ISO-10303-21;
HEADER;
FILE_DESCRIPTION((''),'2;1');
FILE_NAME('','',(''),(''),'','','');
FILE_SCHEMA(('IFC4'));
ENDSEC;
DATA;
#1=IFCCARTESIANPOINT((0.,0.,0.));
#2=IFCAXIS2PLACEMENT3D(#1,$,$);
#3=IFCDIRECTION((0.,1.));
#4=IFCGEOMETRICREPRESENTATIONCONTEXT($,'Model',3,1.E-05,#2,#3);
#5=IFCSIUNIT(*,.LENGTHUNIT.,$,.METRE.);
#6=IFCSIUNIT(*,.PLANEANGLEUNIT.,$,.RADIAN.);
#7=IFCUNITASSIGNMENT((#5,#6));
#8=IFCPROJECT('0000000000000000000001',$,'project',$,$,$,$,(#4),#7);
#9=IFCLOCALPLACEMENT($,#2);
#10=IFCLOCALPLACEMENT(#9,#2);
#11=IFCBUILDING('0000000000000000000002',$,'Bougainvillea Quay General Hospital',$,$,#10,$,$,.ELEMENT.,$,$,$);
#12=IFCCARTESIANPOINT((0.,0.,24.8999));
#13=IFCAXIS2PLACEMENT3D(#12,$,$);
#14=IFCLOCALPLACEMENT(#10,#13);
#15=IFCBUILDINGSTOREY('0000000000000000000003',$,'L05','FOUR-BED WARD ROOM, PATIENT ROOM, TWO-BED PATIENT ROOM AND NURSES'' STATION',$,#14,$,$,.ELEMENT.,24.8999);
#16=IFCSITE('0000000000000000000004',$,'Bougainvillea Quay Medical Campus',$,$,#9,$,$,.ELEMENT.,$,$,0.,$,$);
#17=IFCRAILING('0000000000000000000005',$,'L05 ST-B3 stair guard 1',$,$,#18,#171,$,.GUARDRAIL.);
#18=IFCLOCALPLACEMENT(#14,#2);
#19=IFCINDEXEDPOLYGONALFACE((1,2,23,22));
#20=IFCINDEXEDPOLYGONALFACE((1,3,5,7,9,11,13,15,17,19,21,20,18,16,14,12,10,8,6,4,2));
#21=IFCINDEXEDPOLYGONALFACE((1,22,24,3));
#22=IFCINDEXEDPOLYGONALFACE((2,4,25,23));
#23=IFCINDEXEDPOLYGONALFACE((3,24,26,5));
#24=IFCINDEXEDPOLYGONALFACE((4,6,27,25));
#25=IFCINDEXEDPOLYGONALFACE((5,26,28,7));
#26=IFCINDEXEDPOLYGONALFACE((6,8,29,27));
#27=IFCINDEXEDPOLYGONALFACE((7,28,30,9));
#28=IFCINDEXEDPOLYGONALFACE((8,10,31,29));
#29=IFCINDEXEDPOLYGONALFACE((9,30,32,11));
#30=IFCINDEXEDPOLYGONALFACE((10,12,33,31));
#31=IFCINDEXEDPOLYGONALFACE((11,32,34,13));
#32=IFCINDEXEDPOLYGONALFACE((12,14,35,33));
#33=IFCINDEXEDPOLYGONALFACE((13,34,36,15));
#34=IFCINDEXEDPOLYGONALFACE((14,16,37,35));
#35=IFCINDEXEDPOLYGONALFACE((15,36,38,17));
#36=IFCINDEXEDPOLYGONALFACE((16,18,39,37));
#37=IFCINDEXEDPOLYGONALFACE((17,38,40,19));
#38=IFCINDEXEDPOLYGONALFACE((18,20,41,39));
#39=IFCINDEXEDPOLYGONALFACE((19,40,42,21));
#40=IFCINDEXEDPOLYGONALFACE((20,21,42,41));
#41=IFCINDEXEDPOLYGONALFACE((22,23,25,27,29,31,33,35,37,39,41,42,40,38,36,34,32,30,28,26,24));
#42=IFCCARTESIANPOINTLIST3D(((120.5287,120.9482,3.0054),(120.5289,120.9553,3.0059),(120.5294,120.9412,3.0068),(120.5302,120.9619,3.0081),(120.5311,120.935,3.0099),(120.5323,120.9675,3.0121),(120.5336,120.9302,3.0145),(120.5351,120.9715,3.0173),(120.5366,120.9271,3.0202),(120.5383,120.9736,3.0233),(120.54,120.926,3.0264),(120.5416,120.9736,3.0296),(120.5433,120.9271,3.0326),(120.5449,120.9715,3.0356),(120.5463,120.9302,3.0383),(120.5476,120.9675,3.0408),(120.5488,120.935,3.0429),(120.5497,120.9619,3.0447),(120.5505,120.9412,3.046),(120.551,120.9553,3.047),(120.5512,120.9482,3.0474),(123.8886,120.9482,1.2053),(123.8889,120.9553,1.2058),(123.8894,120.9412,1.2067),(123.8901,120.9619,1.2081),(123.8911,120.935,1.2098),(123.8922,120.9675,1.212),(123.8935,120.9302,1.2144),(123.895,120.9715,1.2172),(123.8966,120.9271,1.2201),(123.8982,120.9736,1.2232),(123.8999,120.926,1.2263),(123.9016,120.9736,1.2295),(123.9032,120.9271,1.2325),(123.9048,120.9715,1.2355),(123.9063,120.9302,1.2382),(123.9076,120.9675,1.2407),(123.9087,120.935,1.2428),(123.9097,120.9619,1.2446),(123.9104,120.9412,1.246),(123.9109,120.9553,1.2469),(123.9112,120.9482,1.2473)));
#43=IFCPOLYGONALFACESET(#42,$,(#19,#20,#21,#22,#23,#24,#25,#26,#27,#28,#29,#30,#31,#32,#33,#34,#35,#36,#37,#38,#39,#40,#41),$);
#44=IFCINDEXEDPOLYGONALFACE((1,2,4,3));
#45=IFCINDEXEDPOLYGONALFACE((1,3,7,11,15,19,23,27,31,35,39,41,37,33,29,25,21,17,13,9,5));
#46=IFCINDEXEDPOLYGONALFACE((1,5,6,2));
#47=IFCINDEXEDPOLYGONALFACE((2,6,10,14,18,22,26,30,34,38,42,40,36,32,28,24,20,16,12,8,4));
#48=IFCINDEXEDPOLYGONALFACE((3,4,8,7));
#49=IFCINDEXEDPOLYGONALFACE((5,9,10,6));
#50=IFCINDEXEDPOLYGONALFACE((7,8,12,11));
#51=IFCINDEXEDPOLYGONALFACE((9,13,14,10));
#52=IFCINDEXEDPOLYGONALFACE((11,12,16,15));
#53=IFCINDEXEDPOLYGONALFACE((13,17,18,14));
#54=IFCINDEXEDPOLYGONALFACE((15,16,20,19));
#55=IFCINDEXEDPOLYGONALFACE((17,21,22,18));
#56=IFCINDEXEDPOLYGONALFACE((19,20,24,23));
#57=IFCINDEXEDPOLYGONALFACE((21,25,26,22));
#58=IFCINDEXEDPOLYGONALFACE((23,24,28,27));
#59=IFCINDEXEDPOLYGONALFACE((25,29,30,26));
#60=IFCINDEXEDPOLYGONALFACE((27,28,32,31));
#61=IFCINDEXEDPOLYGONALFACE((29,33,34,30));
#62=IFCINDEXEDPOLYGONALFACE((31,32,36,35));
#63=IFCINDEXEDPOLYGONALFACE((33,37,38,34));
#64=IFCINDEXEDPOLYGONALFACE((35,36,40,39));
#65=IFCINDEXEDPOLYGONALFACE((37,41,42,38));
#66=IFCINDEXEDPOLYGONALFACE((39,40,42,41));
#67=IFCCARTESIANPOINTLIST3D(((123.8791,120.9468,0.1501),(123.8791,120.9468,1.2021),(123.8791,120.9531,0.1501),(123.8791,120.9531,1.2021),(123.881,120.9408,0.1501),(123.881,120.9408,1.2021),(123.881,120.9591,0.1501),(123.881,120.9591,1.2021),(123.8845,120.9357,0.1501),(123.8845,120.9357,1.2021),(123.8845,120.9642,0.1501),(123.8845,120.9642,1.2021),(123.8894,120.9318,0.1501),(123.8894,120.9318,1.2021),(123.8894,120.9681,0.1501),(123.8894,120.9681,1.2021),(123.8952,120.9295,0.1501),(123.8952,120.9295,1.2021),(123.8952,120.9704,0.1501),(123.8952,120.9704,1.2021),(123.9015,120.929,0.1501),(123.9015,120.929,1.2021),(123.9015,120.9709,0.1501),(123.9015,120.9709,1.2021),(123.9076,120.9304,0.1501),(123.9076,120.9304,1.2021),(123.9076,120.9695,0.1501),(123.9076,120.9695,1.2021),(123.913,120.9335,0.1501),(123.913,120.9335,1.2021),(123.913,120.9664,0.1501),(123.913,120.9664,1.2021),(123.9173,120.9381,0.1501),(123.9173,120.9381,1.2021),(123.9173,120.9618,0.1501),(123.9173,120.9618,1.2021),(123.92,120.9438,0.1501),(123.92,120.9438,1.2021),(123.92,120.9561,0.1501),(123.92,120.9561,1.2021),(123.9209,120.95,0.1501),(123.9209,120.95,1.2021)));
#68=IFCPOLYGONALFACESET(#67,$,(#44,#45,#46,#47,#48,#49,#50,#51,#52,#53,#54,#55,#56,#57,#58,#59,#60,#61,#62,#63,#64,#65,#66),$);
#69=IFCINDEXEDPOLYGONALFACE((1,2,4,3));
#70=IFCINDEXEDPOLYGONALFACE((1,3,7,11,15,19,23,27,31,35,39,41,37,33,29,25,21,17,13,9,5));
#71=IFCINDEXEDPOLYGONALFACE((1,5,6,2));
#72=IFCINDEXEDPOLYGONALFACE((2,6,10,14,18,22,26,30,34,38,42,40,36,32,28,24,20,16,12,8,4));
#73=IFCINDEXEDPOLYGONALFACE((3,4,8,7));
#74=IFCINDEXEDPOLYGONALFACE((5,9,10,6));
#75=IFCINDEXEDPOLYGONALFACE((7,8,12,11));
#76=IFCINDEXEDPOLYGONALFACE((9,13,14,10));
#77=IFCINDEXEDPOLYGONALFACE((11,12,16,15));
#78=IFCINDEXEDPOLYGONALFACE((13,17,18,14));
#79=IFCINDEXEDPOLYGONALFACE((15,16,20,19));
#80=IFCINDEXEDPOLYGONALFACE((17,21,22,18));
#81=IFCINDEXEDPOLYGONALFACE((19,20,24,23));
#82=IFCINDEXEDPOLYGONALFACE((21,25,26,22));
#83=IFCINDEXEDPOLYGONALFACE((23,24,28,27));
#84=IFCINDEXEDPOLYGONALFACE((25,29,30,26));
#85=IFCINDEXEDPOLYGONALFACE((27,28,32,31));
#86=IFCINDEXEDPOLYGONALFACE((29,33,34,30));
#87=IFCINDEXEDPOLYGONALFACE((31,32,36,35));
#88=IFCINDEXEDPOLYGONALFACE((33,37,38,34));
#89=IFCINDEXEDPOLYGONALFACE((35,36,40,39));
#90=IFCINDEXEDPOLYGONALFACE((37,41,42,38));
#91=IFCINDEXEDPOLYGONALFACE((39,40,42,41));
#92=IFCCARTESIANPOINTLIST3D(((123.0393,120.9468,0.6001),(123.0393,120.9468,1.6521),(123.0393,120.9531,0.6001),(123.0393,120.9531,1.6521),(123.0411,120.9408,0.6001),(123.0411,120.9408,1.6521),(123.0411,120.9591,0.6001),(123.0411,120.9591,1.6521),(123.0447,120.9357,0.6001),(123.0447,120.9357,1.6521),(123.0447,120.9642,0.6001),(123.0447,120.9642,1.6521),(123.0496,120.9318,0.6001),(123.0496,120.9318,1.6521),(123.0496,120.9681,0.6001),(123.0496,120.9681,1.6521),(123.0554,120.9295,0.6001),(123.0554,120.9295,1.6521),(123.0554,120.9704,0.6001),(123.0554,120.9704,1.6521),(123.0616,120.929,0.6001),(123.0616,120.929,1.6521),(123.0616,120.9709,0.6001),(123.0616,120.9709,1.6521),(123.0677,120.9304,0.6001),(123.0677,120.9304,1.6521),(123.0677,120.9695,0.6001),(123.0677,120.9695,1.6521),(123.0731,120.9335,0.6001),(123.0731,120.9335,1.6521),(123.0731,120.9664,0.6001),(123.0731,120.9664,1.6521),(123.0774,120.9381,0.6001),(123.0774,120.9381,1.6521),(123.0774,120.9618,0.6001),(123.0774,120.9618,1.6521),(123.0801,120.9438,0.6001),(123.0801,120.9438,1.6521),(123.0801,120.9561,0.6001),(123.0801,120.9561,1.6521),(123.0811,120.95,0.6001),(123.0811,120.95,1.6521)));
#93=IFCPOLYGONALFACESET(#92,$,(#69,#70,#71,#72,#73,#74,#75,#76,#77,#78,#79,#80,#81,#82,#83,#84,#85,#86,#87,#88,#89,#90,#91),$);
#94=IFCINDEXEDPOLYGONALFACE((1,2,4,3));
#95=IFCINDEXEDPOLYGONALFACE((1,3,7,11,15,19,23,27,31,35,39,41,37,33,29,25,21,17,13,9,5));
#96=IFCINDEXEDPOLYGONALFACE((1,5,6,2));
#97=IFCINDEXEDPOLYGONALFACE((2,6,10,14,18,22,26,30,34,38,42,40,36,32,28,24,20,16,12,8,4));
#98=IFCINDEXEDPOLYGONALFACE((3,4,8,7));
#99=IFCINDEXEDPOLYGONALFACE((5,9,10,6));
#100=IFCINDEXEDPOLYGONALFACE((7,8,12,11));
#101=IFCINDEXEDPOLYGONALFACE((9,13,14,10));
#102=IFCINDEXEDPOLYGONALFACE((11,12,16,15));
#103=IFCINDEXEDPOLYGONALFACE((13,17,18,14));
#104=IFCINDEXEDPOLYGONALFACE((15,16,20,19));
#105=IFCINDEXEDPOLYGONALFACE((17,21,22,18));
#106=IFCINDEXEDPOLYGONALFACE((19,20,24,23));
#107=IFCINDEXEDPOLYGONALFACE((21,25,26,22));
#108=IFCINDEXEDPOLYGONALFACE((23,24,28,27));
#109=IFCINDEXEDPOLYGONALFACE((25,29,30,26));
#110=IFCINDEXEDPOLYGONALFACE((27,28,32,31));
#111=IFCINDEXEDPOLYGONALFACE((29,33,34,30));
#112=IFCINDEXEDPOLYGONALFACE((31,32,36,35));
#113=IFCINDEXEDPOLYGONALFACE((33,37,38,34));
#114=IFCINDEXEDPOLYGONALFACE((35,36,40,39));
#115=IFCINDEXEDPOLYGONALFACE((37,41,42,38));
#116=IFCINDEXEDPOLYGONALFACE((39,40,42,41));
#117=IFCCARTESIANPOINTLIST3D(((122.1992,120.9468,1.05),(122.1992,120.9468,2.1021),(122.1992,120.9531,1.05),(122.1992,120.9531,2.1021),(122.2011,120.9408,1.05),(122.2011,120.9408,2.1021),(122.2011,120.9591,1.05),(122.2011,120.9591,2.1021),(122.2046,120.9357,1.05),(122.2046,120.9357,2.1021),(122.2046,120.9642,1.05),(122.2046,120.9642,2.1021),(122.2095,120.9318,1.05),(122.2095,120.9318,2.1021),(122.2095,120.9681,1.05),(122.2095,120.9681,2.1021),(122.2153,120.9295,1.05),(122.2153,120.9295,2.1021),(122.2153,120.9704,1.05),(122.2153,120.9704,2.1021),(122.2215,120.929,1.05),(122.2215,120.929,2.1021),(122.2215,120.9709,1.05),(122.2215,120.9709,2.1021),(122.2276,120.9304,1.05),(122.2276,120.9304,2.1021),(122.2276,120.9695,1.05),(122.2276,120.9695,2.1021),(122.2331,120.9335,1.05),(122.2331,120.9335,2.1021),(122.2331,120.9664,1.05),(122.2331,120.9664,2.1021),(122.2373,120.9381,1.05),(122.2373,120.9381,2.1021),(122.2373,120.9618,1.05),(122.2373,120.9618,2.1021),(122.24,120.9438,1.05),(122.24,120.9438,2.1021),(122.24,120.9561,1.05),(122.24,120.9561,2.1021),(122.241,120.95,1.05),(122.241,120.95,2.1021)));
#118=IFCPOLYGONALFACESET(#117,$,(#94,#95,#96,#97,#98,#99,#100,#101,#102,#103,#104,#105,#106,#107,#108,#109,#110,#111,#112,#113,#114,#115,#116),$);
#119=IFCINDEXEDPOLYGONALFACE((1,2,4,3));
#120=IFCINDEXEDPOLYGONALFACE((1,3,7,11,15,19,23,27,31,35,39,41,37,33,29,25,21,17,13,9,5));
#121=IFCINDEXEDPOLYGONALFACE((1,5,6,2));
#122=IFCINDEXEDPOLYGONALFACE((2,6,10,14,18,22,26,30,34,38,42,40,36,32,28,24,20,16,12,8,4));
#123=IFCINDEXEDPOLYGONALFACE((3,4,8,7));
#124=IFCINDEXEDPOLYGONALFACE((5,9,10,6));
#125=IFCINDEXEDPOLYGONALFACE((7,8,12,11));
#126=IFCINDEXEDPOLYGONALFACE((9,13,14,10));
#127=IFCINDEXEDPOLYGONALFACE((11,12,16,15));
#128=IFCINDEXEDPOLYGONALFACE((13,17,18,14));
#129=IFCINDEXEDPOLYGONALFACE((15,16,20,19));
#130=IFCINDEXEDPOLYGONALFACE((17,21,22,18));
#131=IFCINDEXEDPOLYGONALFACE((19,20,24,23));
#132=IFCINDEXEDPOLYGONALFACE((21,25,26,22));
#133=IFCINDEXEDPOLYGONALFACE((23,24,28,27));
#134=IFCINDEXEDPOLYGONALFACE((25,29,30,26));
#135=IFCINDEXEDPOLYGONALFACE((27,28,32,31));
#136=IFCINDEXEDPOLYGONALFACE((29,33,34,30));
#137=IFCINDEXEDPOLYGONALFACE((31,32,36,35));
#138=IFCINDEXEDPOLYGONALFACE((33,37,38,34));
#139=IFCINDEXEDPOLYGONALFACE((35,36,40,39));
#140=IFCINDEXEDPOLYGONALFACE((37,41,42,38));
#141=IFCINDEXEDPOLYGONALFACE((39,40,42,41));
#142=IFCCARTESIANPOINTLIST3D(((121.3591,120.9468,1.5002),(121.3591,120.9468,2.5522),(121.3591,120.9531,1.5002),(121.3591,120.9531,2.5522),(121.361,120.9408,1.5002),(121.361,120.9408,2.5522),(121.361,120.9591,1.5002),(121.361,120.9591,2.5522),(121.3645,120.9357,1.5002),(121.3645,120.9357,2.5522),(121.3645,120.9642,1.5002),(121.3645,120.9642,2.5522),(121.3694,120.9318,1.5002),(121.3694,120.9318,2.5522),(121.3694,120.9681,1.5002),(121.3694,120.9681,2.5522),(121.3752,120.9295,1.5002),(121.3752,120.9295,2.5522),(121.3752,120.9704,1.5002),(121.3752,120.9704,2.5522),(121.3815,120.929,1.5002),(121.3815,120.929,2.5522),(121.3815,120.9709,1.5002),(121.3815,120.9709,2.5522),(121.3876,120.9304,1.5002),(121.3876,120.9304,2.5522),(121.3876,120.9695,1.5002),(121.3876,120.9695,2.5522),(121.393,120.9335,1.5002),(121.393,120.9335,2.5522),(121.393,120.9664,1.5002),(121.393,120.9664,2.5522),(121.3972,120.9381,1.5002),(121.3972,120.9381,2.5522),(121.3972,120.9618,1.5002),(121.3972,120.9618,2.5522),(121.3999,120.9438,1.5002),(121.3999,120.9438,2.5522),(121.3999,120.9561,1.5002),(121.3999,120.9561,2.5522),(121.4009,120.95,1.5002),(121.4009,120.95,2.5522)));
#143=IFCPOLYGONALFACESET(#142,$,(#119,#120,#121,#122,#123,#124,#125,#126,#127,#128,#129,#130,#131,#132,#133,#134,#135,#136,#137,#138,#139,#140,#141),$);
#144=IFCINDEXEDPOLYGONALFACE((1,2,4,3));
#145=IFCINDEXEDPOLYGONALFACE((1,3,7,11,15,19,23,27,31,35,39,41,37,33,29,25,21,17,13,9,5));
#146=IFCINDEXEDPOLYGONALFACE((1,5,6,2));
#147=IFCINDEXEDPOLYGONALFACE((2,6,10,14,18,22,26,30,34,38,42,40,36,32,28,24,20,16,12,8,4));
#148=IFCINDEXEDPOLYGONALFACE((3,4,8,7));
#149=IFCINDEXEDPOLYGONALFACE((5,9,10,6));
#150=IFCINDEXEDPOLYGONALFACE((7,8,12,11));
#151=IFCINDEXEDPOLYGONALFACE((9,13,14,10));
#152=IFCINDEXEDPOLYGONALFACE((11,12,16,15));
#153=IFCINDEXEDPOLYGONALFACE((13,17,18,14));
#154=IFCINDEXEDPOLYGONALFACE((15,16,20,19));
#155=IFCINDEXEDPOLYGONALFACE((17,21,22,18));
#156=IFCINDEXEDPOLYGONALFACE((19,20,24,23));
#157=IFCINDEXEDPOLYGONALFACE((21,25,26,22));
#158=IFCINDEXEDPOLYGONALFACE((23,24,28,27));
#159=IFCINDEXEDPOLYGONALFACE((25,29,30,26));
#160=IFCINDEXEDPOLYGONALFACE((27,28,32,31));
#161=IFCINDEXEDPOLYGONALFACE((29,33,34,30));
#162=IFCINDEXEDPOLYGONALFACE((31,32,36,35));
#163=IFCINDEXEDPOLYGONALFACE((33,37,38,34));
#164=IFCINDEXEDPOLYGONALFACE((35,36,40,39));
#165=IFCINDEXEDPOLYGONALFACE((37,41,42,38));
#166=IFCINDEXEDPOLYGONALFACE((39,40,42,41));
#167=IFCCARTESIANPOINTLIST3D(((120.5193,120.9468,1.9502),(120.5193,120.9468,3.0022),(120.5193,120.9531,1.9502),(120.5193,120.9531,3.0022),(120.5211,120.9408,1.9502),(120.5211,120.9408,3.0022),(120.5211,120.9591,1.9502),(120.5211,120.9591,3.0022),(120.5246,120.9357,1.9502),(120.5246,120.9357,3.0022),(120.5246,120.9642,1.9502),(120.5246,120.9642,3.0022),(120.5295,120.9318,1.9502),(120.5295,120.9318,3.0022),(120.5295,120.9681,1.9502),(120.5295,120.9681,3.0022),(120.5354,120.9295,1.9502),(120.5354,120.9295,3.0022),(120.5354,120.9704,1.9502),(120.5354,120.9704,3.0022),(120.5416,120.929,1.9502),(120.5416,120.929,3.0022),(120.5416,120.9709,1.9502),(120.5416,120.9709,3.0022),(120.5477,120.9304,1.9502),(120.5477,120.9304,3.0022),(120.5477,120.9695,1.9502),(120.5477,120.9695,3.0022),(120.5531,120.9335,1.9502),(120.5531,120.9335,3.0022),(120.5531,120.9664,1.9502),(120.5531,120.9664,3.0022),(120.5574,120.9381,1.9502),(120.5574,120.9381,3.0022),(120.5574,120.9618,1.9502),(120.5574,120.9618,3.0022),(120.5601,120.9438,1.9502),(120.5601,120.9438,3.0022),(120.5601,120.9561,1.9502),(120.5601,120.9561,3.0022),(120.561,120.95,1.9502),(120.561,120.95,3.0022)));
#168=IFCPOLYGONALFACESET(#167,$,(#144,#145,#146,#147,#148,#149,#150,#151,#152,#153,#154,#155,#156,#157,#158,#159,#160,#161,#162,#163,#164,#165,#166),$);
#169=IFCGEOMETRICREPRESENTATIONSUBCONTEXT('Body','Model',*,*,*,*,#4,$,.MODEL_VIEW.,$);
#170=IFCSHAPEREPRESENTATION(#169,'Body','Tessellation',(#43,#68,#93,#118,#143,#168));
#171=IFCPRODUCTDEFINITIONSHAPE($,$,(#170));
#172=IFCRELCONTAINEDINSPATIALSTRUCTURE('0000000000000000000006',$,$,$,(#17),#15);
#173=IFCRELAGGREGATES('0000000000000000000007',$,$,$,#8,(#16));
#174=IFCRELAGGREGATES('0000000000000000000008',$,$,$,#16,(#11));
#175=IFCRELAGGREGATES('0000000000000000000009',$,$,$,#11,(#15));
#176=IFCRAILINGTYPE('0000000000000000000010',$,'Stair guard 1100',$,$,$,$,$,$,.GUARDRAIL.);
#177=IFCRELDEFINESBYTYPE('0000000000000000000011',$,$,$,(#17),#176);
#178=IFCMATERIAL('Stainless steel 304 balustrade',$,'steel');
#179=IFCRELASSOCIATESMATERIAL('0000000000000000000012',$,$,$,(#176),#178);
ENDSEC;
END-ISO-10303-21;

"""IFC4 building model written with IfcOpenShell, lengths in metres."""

from ifc_helpers import new_model, si_unit, direction, frame, origin, origin_2d, place, context, subcontext, project, spatial, circle, extrude, material, type_object, element, save


model = new_model("IFC4")

# Units and contexts
model_context = context("Model", 3, precision=1e-05, world=origin(), true_north=direction((0.0, 1.0)))
body_context = subcontext(model_context, "Body", "Model", "MODEL_VIEW")
ifc_project = project(units=[si_unit("LENGTHUNIT", "METRE"), si_unit("PLANEANGLEUNIT", "RADIAN")], contexts=[model_context])

# Site, building, storey
site_placement = place(None, origin())
site = spatial("IfcSite", under=ifc_project, at=site_placement, Name="Bougainvillea Quay Medical Campus", CompositionType="ELEMENT", RefElevation=0.0)
building_placement = place(site_placement, origin())
building = spatial("IfcBuilding", under=site, at=building_placement, Name="Bougainvillea Quay General Hospital", CompositionType="ELEMENT")
storey_placement = place(building_placement, frame((0.0, 0.0, 24.8999)))
storey = spatial("IfcBuildingStorey", under=building, at=storey_placement, Name="L05", Description="FOUR-BED WARD ROOM, PATIENT ROOM, TWO-BED PATIENT ROOM AND NURSES' STATION", CompositionType="ELEMENT", Elevation=24.8999)

# Railing
ifc_material_1 = material(Name="Stainless steel 304 balustrade", Category="steel")
railing_type = type_object("IfcRailingType", Name="Stair guard 1100", PredefinedType="GUARDRAIL", material=ifc_material_1)
railing_1_placement = place(storey_placement, frame((123.8999, 120.95, 0.1501)))
element("IfcRailing", 1, at=railing_1_placement, inside=storey, type_object=railing_type, Name="L05 ST-B3 stair guard 1", PredefinedType="GUARDRAIL", context=body_context, shape_type="SweptSolid", body=[
    extrude(circle(Radius=0.0239, at=origin_2d()), frame((0.0, 0.0, 1.0762), z_axis=(-0.881467, 0.0, 0.472246), x_axis=(0.0, -1.0, 0.0)), (0.0, 0.0, 1.0), 3.8118),
    extrude(circle(Radius=0.021, at=origin_2d()), origin(), (0.0, 0.0, 1.0), 1.052),
    extrude(circle(Radius=0.021, at=origin_2d()), frame((-0.8398, 0.0, 0.45)), (0.0, 0.0, 1.0), 1.052),
    extrude(circle(Radius=0.021, at=origin_2d()), frame((-1.6799, 0.0, 0.8999)), (0.0, 0.0, 1.0), 1.052),
    extrude(circle(Radius=0.021, at=origin_2d()), frame((-2.52, 0.0, 1.3501)), (0.0, 0.0, 1.0), 1.052),
    extrude(circle(Radius=0.021, at=origin_2d()), frame((-3.3599, 0.0, 1.8)), (0.0, 0.0, 1.0), 1.052),
])

save(model, "model.ifc")
